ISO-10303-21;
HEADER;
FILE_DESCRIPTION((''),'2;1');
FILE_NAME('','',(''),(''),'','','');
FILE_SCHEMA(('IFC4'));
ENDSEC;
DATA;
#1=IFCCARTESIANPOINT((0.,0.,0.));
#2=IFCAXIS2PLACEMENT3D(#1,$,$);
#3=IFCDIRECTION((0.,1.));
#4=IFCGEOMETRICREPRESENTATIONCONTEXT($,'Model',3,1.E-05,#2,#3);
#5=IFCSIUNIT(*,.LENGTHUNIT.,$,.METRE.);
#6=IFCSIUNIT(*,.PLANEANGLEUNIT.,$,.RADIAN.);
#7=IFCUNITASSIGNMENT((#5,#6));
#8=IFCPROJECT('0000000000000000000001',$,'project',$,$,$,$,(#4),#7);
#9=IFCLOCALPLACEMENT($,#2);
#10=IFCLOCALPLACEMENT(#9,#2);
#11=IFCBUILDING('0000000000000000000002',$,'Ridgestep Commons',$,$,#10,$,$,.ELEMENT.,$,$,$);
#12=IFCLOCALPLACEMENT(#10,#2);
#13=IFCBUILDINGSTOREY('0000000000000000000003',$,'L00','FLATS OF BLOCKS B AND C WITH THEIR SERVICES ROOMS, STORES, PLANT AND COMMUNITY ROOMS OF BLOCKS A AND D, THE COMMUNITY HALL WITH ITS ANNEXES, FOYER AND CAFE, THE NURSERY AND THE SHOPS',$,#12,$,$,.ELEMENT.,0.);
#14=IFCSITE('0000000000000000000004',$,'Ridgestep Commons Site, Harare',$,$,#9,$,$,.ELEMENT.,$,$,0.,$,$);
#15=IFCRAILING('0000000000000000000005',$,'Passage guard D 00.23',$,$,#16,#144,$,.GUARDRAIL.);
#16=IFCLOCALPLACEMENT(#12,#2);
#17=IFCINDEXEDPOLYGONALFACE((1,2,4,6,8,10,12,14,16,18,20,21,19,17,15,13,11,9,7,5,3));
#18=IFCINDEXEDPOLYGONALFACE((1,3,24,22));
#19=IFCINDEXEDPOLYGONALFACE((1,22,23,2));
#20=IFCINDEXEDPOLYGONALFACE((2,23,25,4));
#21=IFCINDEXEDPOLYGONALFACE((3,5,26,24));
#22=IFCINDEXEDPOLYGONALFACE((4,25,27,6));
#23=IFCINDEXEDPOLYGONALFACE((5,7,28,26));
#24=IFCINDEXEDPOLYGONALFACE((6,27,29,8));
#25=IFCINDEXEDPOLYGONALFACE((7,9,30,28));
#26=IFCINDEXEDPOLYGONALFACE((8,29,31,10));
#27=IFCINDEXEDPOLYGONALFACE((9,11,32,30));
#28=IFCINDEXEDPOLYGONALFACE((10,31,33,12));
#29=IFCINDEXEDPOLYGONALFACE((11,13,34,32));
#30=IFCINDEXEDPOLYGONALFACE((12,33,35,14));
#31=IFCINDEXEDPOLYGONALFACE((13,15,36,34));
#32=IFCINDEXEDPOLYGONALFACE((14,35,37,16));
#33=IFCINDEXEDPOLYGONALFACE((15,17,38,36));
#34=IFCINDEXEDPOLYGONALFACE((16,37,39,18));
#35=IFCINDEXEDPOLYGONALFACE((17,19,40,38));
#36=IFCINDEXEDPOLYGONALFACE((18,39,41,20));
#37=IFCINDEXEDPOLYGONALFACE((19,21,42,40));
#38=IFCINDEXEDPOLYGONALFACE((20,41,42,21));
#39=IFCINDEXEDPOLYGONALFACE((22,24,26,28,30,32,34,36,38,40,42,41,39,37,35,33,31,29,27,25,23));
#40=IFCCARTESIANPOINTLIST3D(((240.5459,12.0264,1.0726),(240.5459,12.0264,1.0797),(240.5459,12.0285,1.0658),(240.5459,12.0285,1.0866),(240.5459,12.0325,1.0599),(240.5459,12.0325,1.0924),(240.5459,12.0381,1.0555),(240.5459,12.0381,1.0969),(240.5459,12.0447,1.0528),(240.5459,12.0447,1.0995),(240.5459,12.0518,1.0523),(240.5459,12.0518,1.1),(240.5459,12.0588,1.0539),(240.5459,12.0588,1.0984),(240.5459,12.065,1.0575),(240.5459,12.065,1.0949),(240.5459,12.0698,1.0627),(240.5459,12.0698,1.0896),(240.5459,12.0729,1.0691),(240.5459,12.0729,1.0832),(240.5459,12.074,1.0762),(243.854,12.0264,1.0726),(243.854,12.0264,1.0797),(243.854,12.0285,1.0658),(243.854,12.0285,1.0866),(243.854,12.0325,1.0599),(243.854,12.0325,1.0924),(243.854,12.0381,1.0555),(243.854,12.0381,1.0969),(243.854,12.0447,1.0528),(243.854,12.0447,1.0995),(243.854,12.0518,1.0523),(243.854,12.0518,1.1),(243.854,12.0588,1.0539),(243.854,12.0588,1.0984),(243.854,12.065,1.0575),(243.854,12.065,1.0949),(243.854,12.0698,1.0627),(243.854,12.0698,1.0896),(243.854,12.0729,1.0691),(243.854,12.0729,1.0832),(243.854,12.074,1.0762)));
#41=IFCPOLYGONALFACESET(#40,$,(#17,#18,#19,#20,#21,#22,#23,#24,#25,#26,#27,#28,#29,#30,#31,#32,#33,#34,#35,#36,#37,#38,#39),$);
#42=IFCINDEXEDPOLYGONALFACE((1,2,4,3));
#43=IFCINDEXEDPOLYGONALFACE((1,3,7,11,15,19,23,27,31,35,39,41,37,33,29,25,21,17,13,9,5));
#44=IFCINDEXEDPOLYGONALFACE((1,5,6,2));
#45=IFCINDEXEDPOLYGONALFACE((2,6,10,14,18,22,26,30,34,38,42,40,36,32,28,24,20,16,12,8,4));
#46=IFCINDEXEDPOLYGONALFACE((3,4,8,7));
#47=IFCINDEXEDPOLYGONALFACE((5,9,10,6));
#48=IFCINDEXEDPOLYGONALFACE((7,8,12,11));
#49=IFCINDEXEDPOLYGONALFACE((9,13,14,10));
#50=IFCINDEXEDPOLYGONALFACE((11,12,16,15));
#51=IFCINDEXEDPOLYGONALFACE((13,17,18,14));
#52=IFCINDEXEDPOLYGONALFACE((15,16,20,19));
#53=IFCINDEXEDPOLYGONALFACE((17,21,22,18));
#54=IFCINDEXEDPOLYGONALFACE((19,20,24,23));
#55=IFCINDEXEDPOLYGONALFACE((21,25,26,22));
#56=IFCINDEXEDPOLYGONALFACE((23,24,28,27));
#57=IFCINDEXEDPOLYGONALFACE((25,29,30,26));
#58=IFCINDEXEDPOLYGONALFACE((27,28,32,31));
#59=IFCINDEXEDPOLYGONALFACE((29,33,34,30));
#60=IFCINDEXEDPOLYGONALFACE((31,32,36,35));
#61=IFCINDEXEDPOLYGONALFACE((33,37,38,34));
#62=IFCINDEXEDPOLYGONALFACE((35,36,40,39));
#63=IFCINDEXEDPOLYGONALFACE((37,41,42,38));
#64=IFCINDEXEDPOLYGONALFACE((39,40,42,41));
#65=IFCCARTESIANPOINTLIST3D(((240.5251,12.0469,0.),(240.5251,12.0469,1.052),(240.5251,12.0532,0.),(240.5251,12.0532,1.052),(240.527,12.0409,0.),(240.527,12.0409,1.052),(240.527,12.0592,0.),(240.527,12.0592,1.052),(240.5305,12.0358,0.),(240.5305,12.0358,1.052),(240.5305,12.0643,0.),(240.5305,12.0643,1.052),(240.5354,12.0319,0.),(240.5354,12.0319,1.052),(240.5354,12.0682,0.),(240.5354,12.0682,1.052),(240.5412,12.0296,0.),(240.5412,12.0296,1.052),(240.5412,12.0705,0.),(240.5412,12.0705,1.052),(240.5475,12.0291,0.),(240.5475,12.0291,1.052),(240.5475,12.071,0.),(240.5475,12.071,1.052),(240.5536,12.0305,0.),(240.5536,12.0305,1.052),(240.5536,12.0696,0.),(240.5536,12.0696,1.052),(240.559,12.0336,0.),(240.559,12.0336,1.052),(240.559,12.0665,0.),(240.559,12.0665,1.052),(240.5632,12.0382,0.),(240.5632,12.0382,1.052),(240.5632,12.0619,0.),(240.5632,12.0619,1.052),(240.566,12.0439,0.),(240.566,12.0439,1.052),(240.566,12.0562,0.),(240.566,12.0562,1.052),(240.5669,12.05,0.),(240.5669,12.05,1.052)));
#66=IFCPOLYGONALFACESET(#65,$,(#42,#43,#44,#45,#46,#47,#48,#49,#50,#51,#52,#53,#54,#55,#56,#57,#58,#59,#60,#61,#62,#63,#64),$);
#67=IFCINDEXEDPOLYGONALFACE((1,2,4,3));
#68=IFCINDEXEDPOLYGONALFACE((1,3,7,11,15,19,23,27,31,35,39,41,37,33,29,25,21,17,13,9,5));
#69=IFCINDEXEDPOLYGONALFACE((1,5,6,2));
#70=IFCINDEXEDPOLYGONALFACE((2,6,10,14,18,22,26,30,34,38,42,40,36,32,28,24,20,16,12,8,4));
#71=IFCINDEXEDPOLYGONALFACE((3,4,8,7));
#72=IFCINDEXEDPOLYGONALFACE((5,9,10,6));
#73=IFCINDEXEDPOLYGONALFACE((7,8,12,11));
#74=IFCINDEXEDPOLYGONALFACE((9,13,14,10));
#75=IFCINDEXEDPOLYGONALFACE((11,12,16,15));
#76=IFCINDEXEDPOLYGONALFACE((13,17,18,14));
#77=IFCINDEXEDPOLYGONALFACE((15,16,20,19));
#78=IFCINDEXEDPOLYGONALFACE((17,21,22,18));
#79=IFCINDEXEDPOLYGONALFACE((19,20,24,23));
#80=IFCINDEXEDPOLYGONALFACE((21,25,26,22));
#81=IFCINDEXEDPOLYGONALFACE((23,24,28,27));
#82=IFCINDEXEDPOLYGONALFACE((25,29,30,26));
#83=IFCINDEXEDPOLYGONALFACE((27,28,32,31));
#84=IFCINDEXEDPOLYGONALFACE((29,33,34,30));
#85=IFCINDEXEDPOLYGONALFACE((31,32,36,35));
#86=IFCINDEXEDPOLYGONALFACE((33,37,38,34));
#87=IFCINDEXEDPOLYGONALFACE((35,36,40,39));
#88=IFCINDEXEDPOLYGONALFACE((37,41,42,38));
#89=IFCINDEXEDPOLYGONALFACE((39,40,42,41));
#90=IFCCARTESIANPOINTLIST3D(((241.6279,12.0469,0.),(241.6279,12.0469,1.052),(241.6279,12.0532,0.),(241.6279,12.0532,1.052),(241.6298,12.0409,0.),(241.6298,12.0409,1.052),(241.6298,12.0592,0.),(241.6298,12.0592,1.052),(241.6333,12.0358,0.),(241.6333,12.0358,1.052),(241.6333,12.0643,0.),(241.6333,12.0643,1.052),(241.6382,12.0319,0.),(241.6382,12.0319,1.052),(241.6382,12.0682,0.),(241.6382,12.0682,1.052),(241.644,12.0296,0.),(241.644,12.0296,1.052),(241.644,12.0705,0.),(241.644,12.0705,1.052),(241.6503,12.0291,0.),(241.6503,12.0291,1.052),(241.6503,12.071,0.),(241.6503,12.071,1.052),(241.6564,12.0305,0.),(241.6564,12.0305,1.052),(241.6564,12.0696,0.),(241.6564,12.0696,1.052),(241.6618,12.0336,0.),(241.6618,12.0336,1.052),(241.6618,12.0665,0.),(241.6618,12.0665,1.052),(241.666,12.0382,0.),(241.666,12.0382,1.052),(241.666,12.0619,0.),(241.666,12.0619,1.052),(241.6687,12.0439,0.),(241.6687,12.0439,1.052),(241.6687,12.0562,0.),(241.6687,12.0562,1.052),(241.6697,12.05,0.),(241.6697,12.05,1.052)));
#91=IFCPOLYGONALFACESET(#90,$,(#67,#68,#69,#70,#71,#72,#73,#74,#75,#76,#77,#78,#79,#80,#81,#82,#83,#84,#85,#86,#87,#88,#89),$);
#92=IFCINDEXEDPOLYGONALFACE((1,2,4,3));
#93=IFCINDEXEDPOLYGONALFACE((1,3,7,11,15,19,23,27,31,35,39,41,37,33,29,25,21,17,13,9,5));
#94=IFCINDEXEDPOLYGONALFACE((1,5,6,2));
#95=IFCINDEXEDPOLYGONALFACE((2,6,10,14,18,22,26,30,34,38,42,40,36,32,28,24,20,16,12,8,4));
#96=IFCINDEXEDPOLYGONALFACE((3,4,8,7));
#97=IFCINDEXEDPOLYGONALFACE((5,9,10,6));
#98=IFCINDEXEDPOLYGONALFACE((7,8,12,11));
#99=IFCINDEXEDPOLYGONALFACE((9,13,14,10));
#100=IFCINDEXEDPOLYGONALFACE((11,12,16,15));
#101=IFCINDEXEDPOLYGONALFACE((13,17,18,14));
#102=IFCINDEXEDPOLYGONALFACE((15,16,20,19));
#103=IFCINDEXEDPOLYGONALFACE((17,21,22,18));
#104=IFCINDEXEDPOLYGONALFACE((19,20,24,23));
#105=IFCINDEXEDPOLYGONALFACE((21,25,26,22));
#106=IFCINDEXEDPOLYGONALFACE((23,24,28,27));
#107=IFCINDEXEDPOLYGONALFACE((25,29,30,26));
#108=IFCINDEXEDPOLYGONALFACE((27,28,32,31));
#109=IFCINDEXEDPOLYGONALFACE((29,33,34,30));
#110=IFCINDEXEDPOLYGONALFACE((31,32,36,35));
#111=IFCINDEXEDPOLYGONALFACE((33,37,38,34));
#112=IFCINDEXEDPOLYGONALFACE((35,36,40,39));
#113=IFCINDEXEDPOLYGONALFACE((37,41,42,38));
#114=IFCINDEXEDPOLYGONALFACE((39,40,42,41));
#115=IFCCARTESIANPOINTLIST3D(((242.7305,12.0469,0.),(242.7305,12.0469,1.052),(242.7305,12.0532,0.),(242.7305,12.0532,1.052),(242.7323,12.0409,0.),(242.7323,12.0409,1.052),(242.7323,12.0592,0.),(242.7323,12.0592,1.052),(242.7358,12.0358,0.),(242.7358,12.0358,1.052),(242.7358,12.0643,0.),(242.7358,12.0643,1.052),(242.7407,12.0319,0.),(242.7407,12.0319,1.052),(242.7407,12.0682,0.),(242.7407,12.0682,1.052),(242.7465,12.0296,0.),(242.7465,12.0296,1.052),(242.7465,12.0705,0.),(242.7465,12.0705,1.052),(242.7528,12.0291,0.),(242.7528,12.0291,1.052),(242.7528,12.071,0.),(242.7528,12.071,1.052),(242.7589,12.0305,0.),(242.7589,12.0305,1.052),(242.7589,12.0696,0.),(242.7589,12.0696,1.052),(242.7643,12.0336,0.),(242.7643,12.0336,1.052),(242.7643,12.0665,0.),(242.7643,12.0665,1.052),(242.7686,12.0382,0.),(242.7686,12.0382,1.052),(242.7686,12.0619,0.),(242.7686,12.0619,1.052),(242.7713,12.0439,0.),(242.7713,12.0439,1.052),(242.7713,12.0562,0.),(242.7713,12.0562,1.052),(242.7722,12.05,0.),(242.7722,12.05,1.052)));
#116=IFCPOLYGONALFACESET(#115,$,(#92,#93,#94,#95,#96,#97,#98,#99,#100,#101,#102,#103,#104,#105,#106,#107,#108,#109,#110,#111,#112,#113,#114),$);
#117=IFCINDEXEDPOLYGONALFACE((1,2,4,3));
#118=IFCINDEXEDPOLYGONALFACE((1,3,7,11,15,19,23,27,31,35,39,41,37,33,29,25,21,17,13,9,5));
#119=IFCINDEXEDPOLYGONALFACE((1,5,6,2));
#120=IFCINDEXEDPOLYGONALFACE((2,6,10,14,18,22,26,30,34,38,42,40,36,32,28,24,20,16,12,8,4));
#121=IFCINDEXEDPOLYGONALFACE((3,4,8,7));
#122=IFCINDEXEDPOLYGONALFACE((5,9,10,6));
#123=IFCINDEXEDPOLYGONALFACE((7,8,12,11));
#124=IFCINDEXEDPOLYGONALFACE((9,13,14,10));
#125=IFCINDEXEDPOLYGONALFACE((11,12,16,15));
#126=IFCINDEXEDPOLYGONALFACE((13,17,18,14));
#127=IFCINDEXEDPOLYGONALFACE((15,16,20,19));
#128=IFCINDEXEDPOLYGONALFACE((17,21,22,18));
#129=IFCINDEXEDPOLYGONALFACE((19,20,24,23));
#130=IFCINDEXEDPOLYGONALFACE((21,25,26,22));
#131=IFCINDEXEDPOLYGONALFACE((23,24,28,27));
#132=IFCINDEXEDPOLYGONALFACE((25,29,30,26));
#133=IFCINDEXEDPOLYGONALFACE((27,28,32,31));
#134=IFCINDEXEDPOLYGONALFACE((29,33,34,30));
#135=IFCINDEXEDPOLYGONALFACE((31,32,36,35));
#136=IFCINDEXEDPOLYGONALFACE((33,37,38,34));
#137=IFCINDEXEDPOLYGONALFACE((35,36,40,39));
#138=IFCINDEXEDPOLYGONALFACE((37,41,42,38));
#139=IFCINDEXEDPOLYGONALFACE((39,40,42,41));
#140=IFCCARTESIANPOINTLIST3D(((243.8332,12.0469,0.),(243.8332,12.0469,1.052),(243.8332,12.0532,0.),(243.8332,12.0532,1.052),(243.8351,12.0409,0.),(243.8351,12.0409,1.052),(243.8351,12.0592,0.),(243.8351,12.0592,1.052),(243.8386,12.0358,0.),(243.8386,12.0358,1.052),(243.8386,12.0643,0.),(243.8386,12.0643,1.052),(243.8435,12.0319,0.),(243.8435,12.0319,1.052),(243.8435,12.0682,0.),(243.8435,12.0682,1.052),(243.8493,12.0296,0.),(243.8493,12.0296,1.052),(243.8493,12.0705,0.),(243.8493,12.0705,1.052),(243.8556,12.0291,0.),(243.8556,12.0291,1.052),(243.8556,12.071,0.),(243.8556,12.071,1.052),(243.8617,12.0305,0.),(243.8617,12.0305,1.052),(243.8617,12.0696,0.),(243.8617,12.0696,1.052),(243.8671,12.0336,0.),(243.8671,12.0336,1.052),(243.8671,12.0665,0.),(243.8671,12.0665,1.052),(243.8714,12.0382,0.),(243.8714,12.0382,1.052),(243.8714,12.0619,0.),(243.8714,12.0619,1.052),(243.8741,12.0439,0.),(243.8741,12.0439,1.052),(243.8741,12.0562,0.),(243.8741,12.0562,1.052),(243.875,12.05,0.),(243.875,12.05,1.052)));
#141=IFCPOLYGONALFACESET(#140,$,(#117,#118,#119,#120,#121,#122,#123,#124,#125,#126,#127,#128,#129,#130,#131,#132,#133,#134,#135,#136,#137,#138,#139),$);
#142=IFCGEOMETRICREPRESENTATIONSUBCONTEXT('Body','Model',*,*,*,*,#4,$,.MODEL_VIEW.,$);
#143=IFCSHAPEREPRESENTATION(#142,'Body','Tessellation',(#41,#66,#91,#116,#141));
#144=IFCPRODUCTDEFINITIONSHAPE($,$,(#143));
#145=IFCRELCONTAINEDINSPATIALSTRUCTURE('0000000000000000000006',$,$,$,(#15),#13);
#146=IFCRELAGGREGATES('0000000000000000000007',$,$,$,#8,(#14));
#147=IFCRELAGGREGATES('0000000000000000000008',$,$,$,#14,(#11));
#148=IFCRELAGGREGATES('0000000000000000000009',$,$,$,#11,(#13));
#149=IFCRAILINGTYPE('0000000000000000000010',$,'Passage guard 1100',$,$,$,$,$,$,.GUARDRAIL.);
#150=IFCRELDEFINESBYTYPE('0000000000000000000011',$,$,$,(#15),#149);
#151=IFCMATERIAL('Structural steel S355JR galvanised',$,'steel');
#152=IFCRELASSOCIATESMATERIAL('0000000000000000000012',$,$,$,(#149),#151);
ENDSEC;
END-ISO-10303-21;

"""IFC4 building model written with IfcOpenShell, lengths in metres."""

from ifc_helpers import new_model, si_unit, direction, frame, origin, origin_2d, place, context, subcontext, project, spatial, circle, extrude, material, type_object, element, save


model = new_model("IFC4")

# Units and contexts
model_context = context("Model", 3, precision=1e-05, world=origin(), true_north=direction((0.0, 1.0)))
body_context = subcontext(model_context, "Body", "Model", "MODEL_VIEW")
ifc_project = project(units=[si_unit("LENGTHUNIT", "METRE"), si_unit("PLANEANGLEUNIT", "RADIAN")], contexts=[model_context])

# Site, building, storey
site_placement = place(None, origin())
site = spatial("IfcSite", under=ifc_project, at=site_placement, Name="Ridgestep Commons Site, Harare", CompositionType="ELEMENT", RefElevation=0.0)
building_placement = place(site_placement, origin())
building = spatial("IfcBuilding", under=site, at=building_placement, Name="Ridgestep Commons", CompositionType="ELEMENT")
storey_placement = place(building_placement, origin())
storey = spatial("IfcBuildingStorey", under=building, at=storey_placement, Name="L00", Description="FLATS OF BLOCKS B AND C WITH THEIR SERVICES ROOMS, STORES, PLANT AND COMMUNITY ROOMS OF BLOCKS A AND D, THE COMMUNITY HALL WITH ITS ANNEXES, FOYER AND CAFE, THE NURSERY AND THE SHOPS", CompositionType="ELEMENT", Elevation=0.0)

# Railing
ifc_material_1 = material(Name="Structural steel S355JR galvanised", Category="steel")
railing_type = type_object("IfcRailingType", Name="Passage guard 1100", PredefinedType="GUARDRAIL", material=ifc_material_1)
railing_1_placement = place(storey_placement, frame((240.5459, 12.05, 0.0)))
element("IfcRailing", 1, at=railing_1_placement, inside=storey, type_object=railing_type, Name="Passage guard D 00.23", PredefinedType="GUARDRAIL", context=body_context, shape_type="SweptSolid", body=[
    extrude(circle(Radius=0.0239, at=origin_2d()), frame((0.0, 0.0, 1.0762), z_axis=(1.0, 0.0, 0.0), x_axis=(0.0, 1.0, 0.0)), (0.0, 0.0, 1.0), 3.3081),
    extrude(circle(Radius=0.021, at=origin_2d()), origin(), (0.0, 0.0, 1.0), 1.052),
    extrude(circle(Radius=0.021, at=origin_2d()), frame((1.1028, 0.0, 0.0)), (0.0, 0.0, 1.0), 1.052),
    extrude(circle(Radius=0.021, at=origin_2d()), frame((2.2053, 0.0, 0.0)), (0.0, 0.0, 1.0), 1.052),
    extrude(circle(Radius=0.021, at=origin_2d()), frame((3.3081, 0.0, 0.0)), (0.0, 0.0, 1.0), 1.052),
])

save(model, "model.ifc")
